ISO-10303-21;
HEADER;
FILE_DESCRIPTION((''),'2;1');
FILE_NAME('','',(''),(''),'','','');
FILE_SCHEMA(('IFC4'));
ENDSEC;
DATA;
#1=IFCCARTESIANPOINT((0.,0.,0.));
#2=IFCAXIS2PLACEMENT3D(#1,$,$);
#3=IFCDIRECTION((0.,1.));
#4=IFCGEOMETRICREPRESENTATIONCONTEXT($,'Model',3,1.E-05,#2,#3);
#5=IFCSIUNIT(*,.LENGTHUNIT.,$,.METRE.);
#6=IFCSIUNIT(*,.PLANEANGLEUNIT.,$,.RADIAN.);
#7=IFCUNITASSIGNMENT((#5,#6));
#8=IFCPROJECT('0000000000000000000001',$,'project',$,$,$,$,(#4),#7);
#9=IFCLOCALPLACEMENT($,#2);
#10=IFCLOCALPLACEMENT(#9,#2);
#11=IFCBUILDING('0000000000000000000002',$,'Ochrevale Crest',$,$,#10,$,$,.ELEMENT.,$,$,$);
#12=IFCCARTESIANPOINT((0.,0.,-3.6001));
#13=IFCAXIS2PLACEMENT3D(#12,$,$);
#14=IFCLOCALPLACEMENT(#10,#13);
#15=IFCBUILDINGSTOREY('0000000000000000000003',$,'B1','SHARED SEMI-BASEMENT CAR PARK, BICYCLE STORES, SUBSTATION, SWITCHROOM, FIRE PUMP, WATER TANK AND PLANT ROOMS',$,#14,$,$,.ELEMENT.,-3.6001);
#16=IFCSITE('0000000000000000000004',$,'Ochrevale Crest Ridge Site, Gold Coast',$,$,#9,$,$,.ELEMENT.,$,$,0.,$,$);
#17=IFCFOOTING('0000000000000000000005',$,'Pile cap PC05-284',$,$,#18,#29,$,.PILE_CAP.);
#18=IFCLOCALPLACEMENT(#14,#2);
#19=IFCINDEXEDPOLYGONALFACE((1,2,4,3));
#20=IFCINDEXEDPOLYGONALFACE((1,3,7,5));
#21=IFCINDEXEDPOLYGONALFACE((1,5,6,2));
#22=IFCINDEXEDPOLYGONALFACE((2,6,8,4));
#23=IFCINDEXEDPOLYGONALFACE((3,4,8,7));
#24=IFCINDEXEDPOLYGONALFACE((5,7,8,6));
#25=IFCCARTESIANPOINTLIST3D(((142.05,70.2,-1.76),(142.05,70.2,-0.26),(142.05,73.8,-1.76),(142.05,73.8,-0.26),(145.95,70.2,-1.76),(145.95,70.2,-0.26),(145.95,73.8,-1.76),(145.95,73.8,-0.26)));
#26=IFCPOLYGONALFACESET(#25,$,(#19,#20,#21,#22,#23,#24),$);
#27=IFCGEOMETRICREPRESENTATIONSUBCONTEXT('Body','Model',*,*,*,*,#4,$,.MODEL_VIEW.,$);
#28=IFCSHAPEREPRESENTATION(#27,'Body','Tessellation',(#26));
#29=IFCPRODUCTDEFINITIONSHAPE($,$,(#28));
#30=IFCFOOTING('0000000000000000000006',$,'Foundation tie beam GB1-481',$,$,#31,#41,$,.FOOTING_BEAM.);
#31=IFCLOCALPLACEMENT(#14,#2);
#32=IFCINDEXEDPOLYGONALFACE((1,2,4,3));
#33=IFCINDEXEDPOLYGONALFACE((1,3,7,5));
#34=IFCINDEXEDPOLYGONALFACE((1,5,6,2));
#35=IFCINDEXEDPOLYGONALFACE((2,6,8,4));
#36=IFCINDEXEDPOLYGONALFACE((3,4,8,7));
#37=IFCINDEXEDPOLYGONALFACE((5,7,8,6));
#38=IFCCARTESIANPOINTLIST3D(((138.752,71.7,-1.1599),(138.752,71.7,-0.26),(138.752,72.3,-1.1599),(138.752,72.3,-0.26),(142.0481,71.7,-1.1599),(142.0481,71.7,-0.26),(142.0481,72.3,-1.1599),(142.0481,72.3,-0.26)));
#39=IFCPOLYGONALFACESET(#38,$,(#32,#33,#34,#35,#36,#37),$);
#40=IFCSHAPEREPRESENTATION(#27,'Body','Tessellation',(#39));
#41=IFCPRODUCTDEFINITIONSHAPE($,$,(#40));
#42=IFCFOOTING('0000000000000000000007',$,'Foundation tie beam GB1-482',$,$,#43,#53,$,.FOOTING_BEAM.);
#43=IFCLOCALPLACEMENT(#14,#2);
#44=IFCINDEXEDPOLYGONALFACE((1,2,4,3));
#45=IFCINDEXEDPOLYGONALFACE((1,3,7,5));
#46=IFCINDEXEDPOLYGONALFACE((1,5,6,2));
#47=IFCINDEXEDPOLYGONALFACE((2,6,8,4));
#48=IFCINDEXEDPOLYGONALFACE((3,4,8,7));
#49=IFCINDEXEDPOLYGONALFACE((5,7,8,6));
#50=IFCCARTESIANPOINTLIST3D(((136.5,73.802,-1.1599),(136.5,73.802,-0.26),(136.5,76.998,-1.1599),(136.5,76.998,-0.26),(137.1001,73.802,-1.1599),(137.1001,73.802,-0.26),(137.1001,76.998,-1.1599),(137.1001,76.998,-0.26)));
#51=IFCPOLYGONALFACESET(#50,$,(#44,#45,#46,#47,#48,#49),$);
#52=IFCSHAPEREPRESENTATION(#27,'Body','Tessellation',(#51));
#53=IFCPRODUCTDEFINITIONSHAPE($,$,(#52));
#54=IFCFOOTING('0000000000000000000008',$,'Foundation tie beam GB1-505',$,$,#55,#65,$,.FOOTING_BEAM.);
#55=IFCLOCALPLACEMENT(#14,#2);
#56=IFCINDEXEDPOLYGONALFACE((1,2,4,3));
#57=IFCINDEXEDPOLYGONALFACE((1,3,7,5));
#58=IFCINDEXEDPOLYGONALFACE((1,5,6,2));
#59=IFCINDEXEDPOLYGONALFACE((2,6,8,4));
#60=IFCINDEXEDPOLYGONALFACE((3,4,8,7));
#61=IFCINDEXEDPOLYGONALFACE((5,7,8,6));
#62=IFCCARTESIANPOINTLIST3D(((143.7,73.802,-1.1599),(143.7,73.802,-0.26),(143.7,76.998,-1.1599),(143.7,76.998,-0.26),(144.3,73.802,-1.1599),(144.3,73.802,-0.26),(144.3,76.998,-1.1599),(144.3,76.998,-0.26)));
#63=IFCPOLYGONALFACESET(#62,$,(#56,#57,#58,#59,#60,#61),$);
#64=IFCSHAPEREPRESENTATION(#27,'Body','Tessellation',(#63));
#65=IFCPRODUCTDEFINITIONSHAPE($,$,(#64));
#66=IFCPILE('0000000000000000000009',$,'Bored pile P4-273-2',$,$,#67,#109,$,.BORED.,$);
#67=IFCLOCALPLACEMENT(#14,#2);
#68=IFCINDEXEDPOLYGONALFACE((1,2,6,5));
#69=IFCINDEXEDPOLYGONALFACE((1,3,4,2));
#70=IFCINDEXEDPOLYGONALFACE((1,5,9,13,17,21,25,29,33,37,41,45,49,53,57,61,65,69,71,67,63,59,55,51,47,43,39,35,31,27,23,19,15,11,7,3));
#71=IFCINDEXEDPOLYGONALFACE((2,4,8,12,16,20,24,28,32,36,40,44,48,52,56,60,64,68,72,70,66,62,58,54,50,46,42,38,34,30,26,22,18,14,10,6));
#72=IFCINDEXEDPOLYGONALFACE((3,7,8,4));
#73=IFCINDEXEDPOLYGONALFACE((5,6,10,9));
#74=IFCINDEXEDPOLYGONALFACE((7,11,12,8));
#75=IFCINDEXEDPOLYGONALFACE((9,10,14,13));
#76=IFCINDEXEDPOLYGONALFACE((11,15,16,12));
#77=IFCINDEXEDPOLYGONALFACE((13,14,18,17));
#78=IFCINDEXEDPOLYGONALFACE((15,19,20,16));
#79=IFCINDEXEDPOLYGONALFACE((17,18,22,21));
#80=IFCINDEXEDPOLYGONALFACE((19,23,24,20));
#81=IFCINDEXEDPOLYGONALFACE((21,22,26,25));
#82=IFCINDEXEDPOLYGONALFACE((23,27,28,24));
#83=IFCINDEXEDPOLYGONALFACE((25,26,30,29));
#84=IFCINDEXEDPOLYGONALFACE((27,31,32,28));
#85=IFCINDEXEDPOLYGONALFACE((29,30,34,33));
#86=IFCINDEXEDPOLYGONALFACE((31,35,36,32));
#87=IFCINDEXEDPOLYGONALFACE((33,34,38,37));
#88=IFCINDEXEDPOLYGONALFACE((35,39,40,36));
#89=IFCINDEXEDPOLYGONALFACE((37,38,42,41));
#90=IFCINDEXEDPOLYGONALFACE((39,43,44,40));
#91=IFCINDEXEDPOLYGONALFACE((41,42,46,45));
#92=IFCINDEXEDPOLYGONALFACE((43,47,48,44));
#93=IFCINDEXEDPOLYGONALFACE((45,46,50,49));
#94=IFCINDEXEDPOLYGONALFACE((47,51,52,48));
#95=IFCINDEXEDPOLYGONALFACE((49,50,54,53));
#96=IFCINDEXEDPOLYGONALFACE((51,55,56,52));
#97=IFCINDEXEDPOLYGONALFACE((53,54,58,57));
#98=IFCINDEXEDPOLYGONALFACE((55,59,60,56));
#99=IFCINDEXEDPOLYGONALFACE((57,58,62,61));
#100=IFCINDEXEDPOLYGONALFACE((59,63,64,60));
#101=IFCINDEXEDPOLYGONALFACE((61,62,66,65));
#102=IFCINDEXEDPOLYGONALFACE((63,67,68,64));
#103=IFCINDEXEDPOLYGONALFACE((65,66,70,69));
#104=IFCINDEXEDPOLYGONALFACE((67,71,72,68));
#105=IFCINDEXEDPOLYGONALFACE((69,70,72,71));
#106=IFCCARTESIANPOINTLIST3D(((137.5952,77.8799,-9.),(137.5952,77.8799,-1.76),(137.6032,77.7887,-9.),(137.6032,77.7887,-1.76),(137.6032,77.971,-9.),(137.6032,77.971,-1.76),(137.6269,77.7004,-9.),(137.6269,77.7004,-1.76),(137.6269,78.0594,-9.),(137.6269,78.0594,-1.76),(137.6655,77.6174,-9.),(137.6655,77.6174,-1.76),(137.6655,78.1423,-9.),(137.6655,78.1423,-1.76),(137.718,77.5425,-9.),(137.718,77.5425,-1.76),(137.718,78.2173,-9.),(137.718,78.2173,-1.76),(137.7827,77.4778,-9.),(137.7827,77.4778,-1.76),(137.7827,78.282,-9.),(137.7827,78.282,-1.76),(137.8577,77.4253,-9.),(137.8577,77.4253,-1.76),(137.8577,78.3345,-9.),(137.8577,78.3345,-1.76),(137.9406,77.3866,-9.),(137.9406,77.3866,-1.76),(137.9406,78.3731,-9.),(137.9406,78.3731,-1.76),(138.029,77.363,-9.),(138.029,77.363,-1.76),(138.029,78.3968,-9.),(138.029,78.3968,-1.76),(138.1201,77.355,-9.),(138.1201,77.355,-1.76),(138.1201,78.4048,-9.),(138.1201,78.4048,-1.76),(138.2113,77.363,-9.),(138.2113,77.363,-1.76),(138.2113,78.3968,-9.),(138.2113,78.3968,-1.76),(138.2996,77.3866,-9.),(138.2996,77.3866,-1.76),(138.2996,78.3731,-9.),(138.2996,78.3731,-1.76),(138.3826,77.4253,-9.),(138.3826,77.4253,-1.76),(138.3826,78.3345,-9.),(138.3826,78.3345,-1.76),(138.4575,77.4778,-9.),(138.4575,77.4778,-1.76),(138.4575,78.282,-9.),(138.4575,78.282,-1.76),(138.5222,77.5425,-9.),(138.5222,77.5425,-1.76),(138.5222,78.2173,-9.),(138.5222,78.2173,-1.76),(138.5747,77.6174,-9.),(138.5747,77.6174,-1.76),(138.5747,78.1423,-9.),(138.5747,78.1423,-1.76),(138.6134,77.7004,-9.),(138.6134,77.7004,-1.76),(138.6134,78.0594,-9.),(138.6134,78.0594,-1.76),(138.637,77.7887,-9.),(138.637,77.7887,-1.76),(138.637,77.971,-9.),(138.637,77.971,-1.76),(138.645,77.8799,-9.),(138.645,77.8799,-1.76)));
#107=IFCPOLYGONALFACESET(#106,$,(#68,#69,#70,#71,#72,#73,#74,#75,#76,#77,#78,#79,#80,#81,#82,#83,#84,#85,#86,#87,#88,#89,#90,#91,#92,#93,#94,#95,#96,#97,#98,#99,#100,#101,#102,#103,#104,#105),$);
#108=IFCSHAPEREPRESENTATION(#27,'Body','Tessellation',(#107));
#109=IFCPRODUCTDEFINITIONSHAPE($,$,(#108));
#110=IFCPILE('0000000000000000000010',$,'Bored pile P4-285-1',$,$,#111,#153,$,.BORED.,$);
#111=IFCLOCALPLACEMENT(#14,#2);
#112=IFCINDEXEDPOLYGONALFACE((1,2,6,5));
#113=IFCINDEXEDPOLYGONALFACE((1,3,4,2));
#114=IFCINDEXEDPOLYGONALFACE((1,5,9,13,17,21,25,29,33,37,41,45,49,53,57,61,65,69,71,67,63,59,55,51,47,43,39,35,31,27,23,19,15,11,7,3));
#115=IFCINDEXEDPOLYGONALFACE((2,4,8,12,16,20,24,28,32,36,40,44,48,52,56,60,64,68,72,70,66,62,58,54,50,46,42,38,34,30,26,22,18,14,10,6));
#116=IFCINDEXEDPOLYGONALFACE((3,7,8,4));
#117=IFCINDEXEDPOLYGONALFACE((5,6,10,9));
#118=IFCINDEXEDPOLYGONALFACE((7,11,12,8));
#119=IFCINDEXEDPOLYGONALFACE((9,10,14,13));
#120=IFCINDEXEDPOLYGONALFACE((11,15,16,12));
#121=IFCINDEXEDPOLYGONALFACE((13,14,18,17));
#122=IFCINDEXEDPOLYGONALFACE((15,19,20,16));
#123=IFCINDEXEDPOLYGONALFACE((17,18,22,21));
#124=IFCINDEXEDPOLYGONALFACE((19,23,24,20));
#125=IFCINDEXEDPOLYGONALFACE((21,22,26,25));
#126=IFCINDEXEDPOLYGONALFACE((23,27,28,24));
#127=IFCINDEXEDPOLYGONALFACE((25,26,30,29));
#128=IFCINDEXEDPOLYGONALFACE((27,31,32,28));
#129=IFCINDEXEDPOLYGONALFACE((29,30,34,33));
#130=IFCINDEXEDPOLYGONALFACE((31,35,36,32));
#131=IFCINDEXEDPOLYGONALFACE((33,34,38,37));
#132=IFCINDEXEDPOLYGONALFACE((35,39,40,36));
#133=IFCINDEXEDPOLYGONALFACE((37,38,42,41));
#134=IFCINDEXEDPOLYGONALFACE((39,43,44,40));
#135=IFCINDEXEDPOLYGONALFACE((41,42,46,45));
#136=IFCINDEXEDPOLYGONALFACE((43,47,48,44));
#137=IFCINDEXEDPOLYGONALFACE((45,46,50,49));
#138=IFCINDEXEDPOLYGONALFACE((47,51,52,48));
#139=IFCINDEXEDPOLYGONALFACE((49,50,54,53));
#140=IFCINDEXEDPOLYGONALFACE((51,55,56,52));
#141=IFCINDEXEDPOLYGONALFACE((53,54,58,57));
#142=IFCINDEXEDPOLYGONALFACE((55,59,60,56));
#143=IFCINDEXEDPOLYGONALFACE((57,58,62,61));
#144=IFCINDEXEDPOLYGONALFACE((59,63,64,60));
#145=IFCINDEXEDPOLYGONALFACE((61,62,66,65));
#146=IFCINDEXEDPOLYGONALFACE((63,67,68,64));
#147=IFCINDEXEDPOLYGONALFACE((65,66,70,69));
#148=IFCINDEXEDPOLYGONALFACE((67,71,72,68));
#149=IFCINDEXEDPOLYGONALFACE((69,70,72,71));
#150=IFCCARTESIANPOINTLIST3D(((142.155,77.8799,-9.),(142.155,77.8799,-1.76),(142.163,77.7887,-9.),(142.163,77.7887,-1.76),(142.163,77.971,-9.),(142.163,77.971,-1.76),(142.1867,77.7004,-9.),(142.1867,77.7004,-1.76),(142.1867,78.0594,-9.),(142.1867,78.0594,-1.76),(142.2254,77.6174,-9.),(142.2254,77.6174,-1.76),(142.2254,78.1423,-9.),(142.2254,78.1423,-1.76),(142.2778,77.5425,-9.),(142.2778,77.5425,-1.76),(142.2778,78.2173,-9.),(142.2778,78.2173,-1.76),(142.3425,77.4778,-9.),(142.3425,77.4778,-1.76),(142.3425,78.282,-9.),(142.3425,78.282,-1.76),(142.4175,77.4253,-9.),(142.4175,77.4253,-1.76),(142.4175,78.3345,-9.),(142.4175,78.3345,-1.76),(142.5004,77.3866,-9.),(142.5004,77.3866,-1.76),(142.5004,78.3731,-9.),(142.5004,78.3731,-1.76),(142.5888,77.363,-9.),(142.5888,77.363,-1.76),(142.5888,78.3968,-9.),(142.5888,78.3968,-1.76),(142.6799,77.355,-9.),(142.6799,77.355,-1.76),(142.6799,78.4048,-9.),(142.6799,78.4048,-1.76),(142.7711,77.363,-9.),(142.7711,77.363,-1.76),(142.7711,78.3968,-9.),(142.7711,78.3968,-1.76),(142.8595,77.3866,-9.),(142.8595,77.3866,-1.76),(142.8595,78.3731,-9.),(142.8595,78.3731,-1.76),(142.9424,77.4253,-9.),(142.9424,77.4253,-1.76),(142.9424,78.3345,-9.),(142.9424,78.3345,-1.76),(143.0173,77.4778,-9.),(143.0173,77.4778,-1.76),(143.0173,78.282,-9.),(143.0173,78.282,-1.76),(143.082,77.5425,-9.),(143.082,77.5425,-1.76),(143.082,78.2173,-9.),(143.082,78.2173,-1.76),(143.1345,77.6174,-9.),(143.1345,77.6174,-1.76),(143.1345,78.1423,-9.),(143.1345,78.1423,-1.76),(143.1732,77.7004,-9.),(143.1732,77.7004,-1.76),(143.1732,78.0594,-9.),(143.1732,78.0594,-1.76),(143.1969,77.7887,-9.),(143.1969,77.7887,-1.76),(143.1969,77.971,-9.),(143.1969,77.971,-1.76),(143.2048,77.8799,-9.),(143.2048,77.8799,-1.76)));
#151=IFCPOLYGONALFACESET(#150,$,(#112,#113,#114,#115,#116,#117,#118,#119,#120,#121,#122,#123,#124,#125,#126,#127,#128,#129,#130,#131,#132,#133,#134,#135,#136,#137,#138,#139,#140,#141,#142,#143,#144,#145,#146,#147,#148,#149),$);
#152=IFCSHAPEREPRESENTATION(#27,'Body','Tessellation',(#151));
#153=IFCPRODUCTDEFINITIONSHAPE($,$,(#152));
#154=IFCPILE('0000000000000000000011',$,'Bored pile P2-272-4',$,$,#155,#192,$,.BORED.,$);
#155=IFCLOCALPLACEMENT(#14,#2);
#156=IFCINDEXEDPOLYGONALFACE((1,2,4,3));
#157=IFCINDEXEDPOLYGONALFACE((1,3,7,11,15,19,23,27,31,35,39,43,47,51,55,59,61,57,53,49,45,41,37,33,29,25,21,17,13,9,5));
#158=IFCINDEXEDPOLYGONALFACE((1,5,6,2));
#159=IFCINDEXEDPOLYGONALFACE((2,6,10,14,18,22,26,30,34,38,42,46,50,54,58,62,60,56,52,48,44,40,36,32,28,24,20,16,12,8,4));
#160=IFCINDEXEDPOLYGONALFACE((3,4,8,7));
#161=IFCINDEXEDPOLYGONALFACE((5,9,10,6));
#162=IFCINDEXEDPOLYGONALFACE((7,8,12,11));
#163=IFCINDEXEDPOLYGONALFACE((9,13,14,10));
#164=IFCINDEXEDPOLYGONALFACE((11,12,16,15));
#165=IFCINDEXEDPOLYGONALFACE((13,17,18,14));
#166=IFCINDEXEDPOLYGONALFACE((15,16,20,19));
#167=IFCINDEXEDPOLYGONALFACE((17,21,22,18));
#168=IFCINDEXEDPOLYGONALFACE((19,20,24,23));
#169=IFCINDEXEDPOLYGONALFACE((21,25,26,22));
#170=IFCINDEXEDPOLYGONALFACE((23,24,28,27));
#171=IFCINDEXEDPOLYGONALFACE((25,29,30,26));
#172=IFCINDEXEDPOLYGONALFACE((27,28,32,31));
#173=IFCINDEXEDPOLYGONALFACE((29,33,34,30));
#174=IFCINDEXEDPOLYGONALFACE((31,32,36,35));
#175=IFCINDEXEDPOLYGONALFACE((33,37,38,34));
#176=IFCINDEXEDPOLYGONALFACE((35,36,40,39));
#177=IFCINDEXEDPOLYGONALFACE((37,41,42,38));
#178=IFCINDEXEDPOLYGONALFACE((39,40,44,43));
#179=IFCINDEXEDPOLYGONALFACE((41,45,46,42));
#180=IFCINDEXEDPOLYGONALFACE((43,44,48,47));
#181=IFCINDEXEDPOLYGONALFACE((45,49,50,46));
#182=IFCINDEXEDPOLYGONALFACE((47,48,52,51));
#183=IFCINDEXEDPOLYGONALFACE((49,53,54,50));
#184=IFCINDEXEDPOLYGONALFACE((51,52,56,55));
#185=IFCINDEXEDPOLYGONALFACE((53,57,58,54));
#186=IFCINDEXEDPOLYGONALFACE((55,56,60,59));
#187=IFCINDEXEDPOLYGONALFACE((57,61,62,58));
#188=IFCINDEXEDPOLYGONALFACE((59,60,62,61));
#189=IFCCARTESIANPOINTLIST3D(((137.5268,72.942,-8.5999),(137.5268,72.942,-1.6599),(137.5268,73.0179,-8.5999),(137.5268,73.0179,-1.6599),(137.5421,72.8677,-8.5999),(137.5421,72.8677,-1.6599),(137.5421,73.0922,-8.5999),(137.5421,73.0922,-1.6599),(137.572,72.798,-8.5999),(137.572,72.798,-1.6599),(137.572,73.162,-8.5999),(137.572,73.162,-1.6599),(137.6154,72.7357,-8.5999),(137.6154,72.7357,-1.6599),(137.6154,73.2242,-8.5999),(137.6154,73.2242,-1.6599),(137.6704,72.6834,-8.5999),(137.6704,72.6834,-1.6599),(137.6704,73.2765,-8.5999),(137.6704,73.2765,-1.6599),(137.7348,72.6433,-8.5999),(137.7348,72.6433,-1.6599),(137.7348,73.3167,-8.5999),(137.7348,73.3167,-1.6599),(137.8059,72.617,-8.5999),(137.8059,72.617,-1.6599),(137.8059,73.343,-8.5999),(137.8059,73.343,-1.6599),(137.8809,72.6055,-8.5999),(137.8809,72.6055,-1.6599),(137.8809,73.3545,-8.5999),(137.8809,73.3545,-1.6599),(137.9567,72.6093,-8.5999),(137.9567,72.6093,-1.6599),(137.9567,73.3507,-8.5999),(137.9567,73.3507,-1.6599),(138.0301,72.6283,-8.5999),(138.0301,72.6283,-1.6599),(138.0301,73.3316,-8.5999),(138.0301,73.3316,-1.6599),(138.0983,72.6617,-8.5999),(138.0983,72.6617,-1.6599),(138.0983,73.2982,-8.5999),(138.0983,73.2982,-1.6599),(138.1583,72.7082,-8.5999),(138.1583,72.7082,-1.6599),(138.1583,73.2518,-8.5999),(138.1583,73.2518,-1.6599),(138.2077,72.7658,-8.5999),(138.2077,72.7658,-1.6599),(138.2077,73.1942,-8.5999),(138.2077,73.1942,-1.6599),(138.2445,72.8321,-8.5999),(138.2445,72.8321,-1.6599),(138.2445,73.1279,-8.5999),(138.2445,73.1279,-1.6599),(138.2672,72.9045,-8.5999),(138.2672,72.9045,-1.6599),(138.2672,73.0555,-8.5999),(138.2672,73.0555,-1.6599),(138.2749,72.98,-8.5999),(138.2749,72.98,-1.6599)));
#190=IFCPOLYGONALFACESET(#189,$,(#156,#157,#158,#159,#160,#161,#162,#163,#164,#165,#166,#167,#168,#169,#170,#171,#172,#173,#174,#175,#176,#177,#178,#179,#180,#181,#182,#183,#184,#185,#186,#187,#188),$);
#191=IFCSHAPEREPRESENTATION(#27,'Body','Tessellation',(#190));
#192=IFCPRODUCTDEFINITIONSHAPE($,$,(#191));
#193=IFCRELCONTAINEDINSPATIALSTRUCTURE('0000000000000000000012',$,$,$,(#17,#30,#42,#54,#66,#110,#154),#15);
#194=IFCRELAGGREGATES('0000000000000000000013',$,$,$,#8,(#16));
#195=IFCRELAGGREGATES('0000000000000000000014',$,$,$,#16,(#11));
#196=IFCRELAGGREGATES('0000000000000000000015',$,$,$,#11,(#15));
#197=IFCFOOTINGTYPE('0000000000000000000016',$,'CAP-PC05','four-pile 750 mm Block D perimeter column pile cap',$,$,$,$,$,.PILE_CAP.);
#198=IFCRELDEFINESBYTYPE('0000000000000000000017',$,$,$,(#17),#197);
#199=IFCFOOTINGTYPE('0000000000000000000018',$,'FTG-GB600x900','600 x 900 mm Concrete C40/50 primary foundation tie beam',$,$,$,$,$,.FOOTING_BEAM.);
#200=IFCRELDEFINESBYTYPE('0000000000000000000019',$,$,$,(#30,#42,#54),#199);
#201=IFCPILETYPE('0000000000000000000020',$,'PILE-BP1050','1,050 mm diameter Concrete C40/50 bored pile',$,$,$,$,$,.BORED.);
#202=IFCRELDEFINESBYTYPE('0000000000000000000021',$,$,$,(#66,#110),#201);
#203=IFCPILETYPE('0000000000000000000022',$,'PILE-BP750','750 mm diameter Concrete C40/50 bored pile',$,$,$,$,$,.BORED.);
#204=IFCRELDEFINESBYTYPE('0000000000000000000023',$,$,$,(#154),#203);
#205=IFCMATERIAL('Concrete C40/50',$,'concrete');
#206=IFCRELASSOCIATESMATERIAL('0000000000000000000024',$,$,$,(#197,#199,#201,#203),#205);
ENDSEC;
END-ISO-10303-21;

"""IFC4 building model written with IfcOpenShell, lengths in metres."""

from ifc_helpers import new_model, si_unit, direction, frame, origin, origin_2d, place, context, subcontext, project, spatial, rectangle, circle, extrude, material, material_profile, profile_set, type_object, element, save


model = new_model("IFC4")

# Units and contexts
model_context = context("Model", 3, precision=1e-05, world=origin(), true_north=direction((0.0, 1.0)))
body_context = subcontext(model_context, "Body", "Model", "MODEL_VIEW")
ifc_project = project(units=[si_unit("LENGTHUNIT", "METRE"), si_unit("PLANEANGLEUNIT", "RADIAN")], contexts=[model_context])

# Site, building, storey
site_placement = place(None, origin())
site = spatial("IfcSite", under=ifc_project, at=site_placement, Name="Ochrevale Crest Ridge Site, Gold Coast", CompositionType="ELEMENT", RefElevation=0.0)
building_placement = place(site_placement, origin())
building = spatial("IfcBuilding", under=site, at=building_placement, Name="Ochrevale Crest", CompositionType="ELEMENT")
storey_placement = place(building_placement, frame((0.0, 0.0, -3.6001)))
storey = spatial("IfcBuildingStorey", under=building, at=storey_placement, Name="B1", Description="SHARED SEMI-BASEMENT CAR PARK, BICYCLE STORES, SUBSTATION, SWITCHROOM, FIRE PUMP, WATER TANK AND PLANT ROOMS", CompositionType="ELEMENT", Elevation=-3.6001)

# Footings
ifc_material_1 = material(Name="Concrete C40/50", Category="concrete")
footing_type_1 = type_object("IfcFootingType", Name="CAP-PC05", Description="four-pile 750 mm Block D perimeter column pile cap", PredefinedType="PILE_CAP", material=ifc_material_1)
footing_1_placement = place(storey_placement, frame((144.0, 72.0, -1.76), z_axis=(0.0, 0.0, 1.0), x_axis=(1.0, 0.0, 0.0)))
element("IfcFooting", 1, at=footing_1_placement, inside=storey, type_object=footing_type_1, Name="Pile cap PC05-284", PredefinedType="PILE_CAP", context=body_context, shape_type="SweptSolid", body=[
    extrude(rectangle(XDim=3.8999, YDim=3.6001, at=origin_2d()), origin(), (0.0, 0.0, 1.0), 1.5),
])
ifc_material_profile_1 = material_profile(ifc_material_1, rectangle(XDim=0.6001, YDim=0.8999, at=origin_2d()), Name="GB 600x900")
ifc_profile_set_1 = profile_set([ifc_material_profile_1], Name="Concrete C40/50")
footing_type_2 = type_object("IfcFootingType", Name="FTG-GB600x900", Description="600 x 900 mm Concrete C40/50 primary foundation tie beam", PredefinedType="FOOTING_BEAM", material=ifc_profile_set_1)
footing_2_placement = place(storey_placement, frame((138.752, 72.0, -0.71), z_axis=(1.0, 0.0, 0.0), x_axis=(0.0, 1.0, 0.0)))
element("IfcFooting", 2, at=footing_2_placement, inside=storey, type_object=footing_type_2, Name="Foundation tie beam GB1-481", PredefinedType="FOOTING_BEAM", context=body_context, shape_type="SweptSolid", body=[
    extrude(rectangle(XDim=0.6001, YDim=0.8999, at=origin_2d()), origin(), (0.0, 0.0, 1.0), 3.2961),
])
for number, where, z_axis, x_axis, name in (
    (3, (136.8, 73.802, -0.71), (0.0, 1.0, 0.0), (-1.0, 0.0, 0.0), "Foundation tie beam GB1-482"),
    (4, (144.0, 73.802, -0.71), (0.0, 1.0, 0.0), (-1.0, 0.0, 0.0), "Foundation tie beam GB1-505"),
):
    element("IfcFooting", number, at=place(storey_placement, frame(where, z_axis=z_axis, x_axis=x_axis)), inside=storey, type_object=footing_type_2, Name=name, PredefinedType="FOOTING_BEAM", context=body_context, shape_type="SweptSolid", body=[
        extrude(rectangle(XDim=0.6001, YDim=0.8999, at=origin_2d()), origin(), (0.0, 0.0, 1.0), 3.196),
    ])

# Piles
ifc_material_profile_2 = material_profile(ifc_material_1, circle(Radius=0.5249, at=origin_2d()), Name="BORED PILE 1050")
ifc_profile_set_2 = profile_set([ifc_material_profile_2], Name="Concrete C40/50")
pile_type_1 = type_object("IfcPileType", Name="PILE-BP1050", Description="1,050 mm diameter Concrete C40/50 bored pile", PredefinedType="BORED", material=ifc_profile_set_2)
for number, where, z_axis, x_axis, name in (
    (5, (138.1201, 77.8799, -1.76), (0.0, 0.0, -1.0), (1.0, 0.0, 0.0), "Bored pile P4-273-2"),
    (6, (142.6799, 77.8799, -1.76), (0.0, 0.0, -1.0), (1.0, 0.0, 0.0), "Bored pile P4-285-1"),
):
    element("IfcPile", number, at=place(storey_placement, frame(where, z_axis=z_axis, x_axis=x_axis)), inside=storey, type_object=pile_type_1, Name=name, PredefinedType="BORED", context=body_context, shape_type="SweptSolid", body=[
        extrude(circle(Radius=0.5249, at=origin_2d()), origin(), (0.0, 0.0, 1.0), 7.24),
    ])
ifc_material_profile_3 = material_profile(ifc_material_1, circle(Radius=0.375, at=origin_2d()), Name="BORED PILE 750")
ifc_profile_set_3 = profile_set([ifc_material_profile_3], Name="Concrete C40/50")
pile_type_2 = type_object("IfcPileType", Name="PILE-BP750", Description="750 mm diameter Concrete C40/50 bored pile", PredefinedType="BORED", material=ifc_profile_set_3)
for number, where, z_axis, x_axis, name in (
    (7, (137.8999, 72.98, -1.6599), (0.0, 0.0, -1.0), (1.0, 0.0, 0.0), "Bored pile P2-272-4"),
):
    element("IfcPile", number, at=place(storey_placement, frame(where, z_axis=z_axis, x_axis=x_axis)), inside=storey, type_object=pile_type_2, Name=name, PredefinedType="BORED", context=body_context, shape_type="SweptSolid", body=[
        extrude(circle(Radius=0.375, at=origin_2d()), origin(), (0.0, 0.0, 1.0), 6.9399),
    ])

save(model, "model.ifc")
